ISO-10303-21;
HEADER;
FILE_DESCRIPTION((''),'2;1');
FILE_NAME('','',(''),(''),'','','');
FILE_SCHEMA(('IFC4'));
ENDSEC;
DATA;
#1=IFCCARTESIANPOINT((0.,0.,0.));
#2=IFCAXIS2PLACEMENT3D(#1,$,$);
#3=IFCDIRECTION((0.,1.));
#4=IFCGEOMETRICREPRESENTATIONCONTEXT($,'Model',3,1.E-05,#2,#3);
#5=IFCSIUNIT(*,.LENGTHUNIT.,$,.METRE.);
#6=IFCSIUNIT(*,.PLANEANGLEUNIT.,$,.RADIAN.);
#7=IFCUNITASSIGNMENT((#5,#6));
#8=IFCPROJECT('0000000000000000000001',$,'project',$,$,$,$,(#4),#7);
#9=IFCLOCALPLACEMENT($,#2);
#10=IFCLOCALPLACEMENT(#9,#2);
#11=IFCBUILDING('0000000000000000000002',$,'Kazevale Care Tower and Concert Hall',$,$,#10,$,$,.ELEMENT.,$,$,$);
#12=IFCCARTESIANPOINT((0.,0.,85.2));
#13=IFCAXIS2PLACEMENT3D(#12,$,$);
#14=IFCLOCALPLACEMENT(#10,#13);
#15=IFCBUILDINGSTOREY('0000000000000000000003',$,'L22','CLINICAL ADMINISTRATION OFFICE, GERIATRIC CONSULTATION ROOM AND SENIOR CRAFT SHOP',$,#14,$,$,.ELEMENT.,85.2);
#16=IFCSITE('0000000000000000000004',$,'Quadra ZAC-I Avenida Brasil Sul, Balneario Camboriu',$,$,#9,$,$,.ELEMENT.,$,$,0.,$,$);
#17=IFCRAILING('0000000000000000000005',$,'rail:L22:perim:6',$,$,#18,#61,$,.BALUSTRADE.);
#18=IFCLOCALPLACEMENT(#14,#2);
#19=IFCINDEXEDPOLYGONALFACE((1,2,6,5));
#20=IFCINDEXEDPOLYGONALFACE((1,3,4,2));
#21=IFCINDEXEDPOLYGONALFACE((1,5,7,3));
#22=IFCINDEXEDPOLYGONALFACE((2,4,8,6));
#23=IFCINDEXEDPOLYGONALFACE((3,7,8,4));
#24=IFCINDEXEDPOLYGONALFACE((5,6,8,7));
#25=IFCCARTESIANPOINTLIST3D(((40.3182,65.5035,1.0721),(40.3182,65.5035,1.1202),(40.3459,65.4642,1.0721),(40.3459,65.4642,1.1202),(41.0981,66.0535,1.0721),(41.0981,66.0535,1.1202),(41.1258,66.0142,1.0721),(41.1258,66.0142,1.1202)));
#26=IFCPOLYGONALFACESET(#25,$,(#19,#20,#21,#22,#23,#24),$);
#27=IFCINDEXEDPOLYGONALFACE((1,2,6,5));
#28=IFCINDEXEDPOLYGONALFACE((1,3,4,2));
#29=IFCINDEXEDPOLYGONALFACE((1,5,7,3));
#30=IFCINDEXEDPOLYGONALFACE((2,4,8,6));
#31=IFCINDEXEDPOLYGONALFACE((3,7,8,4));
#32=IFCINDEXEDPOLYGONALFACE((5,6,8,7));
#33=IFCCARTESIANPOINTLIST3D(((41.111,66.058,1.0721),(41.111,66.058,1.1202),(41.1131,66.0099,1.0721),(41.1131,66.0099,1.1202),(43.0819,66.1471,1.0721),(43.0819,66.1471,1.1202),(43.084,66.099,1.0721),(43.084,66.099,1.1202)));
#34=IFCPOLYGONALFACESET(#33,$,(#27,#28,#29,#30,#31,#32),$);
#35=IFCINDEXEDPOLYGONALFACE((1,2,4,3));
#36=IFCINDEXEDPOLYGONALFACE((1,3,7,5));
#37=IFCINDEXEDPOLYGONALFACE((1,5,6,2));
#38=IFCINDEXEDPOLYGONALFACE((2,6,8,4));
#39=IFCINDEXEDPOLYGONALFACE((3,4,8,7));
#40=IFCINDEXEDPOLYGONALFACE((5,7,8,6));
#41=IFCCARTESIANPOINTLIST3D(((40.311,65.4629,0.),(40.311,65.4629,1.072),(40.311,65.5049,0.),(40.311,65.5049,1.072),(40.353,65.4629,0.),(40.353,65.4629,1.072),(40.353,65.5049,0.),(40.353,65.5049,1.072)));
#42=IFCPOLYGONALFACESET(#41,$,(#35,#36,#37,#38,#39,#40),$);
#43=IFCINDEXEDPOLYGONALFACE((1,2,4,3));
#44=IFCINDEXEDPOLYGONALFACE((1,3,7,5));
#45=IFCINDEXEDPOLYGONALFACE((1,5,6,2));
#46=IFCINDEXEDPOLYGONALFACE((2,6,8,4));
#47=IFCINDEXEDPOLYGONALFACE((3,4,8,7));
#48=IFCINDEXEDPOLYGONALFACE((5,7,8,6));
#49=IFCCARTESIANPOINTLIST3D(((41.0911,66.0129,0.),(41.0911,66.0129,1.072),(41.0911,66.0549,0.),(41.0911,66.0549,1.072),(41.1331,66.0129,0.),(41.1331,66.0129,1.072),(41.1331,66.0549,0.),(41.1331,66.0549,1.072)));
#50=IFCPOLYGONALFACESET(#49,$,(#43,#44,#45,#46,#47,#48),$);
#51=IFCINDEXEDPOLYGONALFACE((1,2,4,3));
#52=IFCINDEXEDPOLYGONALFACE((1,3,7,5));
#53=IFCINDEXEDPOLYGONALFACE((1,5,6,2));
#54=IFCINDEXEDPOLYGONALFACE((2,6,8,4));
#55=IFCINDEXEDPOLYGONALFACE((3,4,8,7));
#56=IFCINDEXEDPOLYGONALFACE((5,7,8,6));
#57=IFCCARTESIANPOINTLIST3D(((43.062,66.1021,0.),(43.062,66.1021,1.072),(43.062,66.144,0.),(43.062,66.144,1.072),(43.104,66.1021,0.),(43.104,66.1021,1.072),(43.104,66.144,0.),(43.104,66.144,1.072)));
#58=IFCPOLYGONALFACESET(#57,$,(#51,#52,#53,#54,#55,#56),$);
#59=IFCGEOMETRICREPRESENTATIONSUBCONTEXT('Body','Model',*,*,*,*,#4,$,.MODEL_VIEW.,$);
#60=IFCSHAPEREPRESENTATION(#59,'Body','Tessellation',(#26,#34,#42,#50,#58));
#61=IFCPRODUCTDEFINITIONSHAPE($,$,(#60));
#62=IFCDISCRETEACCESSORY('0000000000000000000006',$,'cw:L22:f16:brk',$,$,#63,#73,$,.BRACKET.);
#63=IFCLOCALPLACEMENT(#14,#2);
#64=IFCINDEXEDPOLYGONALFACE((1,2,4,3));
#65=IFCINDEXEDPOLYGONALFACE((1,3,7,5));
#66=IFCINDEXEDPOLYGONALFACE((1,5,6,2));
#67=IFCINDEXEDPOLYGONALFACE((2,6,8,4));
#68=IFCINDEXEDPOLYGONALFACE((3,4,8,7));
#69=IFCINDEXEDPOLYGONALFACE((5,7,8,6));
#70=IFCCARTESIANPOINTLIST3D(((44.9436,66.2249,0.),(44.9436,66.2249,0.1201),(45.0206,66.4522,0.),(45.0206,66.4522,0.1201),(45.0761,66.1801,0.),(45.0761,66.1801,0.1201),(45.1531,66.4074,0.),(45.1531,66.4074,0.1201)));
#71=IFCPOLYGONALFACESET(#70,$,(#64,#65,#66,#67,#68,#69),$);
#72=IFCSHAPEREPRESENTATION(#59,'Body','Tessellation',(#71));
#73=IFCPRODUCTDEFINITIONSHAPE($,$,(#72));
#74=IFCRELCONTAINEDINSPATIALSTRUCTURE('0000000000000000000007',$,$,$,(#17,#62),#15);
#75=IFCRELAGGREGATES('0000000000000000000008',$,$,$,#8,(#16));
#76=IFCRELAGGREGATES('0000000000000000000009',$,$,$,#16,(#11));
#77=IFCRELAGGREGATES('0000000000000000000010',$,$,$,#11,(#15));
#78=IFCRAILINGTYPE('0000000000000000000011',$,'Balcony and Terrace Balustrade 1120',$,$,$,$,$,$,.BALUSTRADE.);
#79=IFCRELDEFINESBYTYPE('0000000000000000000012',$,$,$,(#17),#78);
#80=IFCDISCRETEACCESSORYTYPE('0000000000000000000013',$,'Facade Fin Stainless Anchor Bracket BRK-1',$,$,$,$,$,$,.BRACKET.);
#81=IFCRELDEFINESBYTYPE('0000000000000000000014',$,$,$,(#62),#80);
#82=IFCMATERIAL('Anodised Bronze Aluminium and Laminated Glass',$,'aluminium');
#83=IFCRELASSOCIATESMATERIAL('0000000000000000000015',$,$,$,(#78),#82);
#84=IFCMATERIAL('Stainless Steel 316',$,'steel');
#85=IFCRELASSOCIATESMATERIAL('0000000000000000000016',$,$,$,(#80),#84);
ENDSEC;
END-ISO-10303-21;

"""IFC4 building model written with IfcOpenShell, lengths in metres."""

from ifc_helpers import new_model, si_unit, direction, frame, origin, origin_2d, place, context, subcontext, project, spatial, rectangle, extrude, material, type_object, element, save


model = new_model("IFC4")

# Units and contexts
model_context = context("Model", 3, precision=1e-05, world=origin(), true_north=direction((0.0, 1.0)))
body_context = subcontext(model_context, "Body", "Model", "MODEL_VIEW")
ifc_project = project(units=[si_unit("LENGTHUNIT", "METRE"), si_unit("PLANEANGLEUNIT", "RADIAN")], contexts=[model_context])

# Site, building, storey
site_placement = place(None, origin())
site = spatial("IfcSite", under=ifc_project, at=site_placement, Name="Quadra ZAC-I Avenida Brasil Sul, Balneario Camboriu", CompositionType="ELEMENT", RefElevation=0.0)
building_placement = place(site_placement, origin())
building = spatial("IfcBuilding", under=site, at=building_placement, Name="Kazevale Care Tower and Concert Hall", CompositionType="ELEMENT")
storey_placement = place(building_placement, frame((0.0, 0.0, 85.2)))
storey = spatial("IfcBuildingStorey", under=building, at=storey_placement, Name="L22", Description="CLINICAL ADMINISTRATION OFFICE, GERIATRIC CONSULTATION ROOM AND SENIOR CRAFT SHOP", CompositionType="ELEMENT", Elevation=85.2)

# Railing
ifc_material_1 = material(Name="Anodised Bronze Aluminium and Laminated Glass", Category="aluminium")
railing_type = type_object("IfcRailingType", Name="Balcony and Terrace Balustrade 1120", PredefinedType="BALUSTRADE", material=ifc_material_1)
railing_placement = place(storey_placement, frame((40.332, 65.4839, 0.0)))
element("IfcRailing", 1, at=railing_placement, inside=storey, type_object=railing_type, Name="rail:L22:perim:6", PredefinedType="BALUSTRADE", context=body_context, shape_type="SweptSolid", body=[
    extrude(rectangle(XDim=0.0481, YDim=0.0481, at=origin_2d()), frame((0.0, 0.0, 1.0962), z_axis=(0.817244, 0.576291, 0.0), x_axis=(-0.576291, 0.817244, 0.0)), (0.0, 0.0, 1.0), 0.9543),
    extrude(rectangle(XDim=0.0481, YDim=0.0481, at=origin_2d()), frame((0.78, 0.55, 1.0962), z_axis=(0.998979, 0.045166, 0.0), x_axis=(-0.045166, 0.998979, 0.0)), (0.0, 0.0, 1.0), 1.9729),
    extrude(rectangle(XDim=0.042, YDim=0.042, at=origin_2d()), origin(), (0.0, 0.0, 1.0), 1.072),
    extrude(rectangle(XDim=0.042, YDim=0.042, at=origin_2d()), frame((0.78, 0.55, 0.0)), (0.0, 0.0, 1.0), 1.072),
    extrude(rectangle(XDim=0.042, YDim=0.042, at=origin_2d()), frame((2.751, 0.6392, 0.0)), (0.0, 0.0, 1.0), 1.072),
])

# Discrete accessory
ifc_material_2 = material(Name="Stainless Steel 316", Category="steel")
discrete_accessory_type = type_object("IfcDiscreteAccessoryType", Name="Facade Fin Stainless Anchor Bracket BRK-1", PredefinedType="BRACKET", material=ifc_material_2)
discrete_accessory_placement = place(storey_placement, frame((45.0483, 66.3162, 0.0), z_axis=(0.0, 0.0, 1.0), x_axis=(0.320613, 0.94721, 0.0)))
element("IfcDiscreteAccessory", 2, at=discrete_accessory_placement, inside=storey, type_object=discrete_accessory_type, Name="cw:L22:f16:brk", PredefinedType="BRACKET", context=body_context, shape_type="SweptSolid", body=[
    extrude(rectangle(XDim=0.24, YDim=0.1399, at=origin_2d()), origin(), (0.0, 0.0, 1.0), 0.1201),
])

save(model, "model.ifc")
